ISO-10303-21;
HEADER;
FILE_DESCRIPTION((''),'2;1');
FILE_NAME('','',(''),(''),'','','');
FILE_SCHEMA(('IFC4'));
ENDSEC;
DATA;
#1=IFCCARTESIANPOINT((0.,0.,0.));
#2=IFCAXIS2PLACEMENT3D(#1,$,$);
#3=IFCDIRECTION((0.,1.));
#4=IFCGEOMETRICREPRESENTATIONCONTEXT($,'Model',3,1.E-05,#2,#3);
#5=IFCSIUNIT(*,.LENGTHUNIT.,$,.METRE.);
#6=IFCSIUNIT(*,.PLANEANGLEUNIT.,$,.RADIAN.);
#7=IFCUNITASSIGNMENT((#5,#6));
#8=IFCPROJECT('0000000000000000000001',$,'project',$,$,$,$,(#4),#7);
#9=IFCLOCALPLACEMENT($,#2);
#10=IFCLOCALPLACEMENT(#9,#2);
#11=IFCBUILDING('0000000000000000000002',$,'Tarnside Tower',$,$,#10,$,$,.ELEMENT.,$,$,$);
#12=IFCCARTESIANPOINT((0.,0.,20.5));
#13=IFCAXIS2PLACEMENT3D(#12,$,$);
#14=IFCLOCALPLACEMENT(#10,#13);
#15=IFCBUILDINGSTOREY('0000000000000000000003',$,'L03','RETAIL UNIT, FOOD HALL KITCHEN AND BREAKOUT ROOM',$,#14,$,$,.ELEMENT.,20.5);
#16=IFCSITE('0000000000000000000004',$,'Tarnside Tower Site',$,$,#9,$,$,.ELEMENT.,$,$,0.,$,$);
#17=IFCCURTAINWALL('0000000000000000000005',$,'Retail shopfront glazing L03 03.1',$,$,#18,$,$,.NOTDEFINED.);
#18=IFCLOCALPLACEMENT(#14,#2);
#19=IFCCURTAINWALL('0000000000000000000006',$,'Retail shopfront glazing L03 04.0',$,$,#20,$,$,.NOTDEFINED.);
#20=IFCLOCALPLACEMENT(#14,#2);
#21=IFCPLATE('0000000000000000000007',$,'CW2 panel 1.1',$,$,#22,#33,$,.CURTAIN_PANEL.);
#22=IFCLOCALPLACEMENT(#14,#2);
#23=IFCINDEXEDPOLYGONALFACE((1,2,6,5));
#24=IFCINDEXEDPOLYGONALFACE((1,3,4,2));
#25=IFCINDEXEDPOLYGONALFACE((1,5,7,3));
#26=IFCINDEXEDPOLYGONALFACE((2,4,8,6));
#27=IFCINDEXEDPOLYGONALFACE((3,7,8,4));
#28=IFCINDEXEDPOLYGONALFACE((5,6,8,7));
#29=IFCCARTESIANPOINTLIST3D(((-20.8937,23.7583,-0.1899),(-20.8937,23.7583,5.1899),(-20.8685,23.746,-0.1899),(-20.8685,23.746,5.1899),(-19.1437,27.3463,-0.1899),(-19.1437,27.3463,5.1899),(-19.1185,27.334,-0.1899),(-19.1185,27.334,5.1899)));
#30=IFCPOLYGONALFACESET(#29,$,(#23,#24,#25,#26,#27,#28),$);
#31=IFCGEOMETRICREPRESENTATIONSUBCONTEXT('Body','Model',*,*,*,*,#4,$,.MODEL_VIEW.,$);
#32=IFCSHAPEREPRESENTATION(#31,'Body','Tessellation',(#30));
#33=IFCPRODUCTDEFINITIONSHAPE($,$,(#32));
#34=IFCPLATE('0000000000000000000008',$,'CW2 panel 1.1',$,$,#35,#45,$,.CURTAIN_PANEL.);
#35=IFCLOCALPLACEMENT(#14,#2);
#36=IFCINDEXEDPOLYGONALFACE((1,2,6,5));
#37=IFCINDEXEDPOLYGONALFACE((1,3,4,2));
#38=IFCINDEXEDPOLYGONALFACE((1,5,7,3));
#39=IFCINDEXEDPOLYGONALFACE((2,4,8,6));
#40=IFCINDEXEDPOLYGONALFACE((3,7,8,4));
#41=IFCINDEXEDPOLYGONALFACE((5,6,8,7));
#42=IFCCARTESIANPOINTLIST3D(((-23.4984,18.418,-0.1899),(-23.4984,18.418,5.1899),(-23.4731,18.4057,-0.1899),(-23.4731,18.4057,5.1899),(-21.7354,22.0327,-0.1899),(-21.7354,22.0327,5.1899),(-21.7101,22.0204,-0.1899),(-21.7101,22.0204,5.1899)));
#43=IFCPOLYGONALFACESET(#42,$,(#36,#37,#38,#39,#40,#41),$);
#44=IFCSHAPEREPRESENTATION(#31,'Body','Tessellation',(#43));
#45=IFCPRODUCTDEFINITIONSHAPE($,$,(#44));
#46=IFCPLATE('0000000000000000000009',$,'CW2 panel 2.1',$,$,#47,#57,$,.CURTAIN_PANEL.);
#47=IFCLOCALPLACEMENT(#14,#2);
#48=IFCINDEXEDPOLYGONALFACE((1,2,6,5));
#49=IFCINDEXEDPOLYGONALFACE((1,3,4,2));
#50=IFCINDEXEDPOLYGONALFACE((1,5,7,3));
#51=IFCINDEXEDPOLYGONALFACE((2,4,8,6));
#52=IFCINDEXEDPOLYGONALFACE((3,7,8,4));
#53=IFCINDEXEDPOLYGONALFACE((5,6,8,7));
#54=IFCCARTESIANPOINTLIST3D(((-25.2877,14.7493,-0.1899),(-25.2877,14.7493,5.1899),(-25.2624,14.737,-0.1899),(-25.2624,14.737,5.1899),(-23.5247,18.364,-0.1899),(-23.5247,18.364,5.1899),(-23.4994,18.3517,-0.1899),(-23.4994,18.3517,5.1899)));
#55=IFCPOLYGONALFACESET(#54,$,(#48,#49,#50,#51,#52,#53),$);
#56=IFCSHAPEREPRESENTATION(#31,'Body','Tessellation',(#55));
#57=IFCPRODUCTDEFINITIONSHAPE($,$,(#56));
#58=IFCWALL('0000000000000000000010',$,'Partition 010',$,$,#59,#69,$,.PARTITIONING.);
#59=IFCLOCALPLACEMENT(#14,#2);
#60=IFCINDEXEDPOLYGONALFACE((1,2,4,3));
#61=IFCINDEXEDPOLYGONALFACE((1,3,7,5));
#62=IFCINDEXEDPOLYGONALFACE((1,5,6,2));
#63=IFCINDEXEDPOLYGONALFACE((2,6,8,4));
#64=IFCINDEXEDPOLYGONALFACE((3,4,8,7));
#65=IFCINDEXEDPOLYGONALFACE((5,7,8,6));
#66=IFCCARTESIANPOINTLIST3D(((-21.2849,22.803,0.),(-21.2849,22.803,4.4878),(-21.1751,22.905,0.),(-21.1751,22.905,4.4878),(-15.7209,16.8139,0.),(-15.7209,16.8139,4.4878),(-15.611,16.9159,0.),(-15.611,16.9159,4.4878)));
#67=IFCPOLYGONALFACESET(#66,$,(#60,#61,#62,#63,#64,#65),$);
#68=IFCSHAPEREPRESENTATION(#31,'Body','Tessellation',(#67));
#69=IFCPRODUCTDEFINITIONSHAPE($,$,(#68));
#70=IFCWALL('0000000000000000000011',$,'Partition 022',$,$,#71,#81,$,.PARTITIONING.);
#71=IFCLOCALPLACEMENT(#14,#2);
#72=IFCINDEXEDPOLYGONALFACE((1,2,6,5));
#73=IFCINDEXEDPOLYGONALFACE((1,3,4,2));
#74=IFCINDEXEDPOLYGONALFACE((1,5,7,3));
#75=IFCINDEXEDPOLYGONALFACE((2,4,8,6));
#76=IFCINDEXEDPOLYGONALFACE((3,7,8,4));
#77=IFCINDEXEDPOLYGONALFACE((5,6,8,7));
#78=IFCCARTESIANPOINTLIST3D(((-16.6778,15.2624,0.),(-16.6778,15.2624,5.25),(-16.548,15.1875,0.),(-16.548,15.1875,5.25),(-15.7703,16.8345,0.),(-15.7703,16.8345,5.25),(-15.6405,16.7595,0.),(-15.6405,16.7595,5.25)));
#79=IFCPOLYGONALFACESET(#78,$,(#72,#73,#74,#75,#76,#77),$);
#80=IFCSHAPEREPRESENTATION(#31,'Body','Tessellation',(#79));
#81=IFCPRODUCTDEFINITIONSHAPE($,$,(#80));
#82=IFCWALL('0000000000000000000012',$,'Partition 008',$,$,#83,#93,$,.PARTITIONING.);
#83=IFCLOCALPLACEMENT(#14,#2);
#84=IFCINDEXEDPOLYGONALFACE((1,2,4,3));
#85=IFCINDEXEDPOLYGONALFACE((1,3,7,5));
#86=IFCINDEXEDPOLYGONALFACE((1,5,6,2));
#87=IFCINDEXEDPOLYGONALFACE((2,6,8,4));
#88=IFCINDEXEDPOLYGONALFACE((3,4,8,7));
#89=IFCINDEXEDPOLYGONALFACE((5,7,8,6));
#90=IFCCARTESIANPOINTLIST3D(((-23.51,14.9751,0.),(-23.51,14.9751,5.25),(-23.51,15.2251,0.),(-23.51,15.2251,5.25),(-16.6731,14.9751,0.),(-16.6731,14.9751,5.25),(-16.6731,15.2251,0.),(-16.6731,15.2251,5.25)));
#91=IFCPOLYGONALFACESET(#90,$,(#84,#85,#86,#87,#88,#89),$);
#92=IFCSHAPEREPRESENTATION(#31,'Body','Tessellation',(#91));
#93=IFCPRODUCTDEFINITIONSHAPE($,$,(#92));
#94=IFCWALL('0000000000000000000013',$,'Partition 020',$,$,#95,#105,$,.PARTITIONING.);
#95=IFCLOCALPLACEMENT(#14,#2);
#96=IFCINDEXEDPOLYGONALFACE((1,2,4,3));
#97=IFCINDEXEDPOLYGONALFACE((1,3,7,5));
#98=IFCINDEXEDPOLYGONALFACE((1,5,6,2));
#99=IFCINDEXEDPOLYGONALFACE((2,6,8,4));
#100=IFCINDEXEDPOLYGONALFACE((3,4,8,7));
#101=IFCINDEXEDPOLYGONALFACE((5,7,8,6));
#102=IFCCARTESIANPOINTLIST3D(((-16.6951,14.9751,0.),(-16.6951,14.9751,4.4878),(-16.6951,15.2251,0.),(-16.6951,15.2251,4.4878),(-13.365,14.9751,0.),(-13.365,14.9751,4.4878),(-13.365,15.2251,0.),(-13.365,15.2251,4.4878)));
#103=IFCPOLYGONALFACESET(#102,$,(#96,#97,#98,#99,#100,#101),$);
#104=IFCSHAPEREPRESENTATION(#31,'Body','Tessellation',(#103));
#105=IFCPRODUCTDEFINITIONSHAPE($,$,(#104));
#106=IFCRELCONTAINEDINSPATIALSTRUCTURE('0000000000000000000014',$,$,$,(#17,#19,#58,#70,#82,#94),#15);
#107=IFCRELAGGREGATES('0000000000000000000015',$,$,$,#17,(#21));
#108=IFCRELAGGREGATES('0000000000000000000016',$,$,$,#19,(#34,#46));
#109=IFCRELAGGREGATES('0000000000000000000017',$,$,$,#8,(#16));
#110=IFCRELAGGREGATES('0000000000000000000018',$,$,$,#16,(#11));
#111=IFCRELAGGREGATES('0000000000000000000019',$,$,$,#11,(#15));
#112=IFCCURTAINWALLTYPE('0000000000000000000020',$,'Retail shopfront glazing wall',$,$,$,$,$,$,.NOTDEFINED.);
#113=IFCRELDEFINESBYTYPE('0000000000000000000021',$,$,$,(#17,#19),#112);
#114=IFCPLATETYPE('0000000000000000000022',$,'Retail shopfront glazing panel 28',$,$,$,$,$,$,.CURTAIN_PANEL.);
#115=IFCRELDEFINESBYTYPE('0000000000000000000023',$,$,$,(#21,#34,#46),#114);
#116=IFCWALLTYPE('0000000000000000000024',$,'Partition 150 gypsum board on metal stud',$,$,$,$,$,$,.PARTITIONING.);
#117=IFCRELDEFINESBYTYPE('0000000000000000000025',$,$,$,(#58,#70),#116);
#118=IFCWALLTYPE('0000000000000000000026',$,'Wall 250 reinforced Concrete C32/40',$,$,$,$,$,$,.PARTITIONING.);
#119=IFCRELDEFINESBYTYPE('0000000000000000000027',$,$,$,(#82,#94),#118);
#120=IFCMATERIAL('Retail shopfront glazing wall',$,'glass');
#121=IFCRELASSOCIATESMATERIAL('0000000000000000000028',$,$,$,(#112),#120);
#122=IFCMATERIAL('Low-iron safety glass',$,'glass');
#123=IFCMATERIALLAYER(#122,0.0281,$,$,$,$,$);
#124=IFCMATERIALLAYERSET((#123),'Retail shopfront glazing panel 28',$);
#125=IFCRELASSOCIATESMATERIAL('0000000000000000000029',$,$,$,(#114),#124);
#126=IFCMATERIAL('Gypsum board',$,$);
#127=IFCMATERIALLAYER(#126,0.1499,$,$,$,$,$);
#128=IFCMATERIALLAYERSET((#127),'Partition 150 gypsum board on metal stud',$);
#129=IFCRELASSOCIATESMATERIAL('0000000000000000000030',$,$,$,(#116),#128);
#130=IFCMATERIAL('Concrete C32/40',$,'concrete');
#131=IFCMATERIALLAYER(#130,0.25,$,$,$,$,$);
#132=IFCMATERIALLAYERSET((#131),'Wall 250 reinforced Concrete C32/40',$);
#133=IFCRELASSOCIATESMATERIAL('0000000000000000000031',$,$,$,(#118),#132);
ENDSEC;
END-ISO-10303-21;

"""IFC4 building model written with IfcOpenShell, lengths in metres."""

from ifc_helpers import new_model, si_unit, direction, frame, frame_2d, origin, origin_2d, place, context, subcontext, project, spatial, rectangle, extrude, material, layer, layer_set, type_object, element, aggregate, save


model = new_model("IFC4")

# Units and contexts
model_context = context("Model", 3, precision=1e-05, world=origin(), true_north=direction((0.0, 1.0)))
body_context = subcontext(model_context, "Body", "Model", "MODEL_VIEW")
ifc_project = project(units=[si_unit("LENGTHUNIT", "METRE"), si_unit("PLANEANGLEUNIT", "RADIAN")], contexts=[model_context])

# Site, building, storey
site_placement = place(None, origin())
site = spatial("IfcSite", under=ifc_project, at=site_placement, Name="Tarnside Tower Site", CompositionType="ELEMENT", RefElevation=0.0)
building_placement = place(site_placement, origin())
building = spatial("IfcBuilding", under=site, at=building_placement, Name="Tarnside Tower", CompositionType="ELEMENT")
storey_placement = place(building_placement, frame((0.0, 0.0, 20.5)))
storey = spatial("IfcBuildingStorey", under=building, at=storey_placement, Name="L03", Description="RETAIL UNIT, FOOD HALL KITCHEN AND BREAKOUT ROOM", CompositionType="ELEMENT", Elevation=20.5)

# Shared definitions
ifc_material_1 = material(Name="Retail shopfront glazing wall", Category="glass")
curtain_wall_type = type_object("IfcCurtainWallType", Name="Retail shopfront glazing wall", PredefinedType="NOTDEFINED", material=ifc_material_1)

# Curtain walls
curtain_wall_1_placement = place(storey_placement, origin())
curtain_wall_1 = element("IfcCurtainWall", 1, at=curtain_wall_1_placement, inside=storey, type_object=curtain_wall_type, Name="Retail shopfront glazing L03 03.1", PredefinedType="NOTDEFINED")
curtain_wall_2_placement = place(storey_placement, origin())
curtain_wall_2 = element("IfcCurtainWall", 2, at=curtain_wall_2_placement, inside=storey, type_object=curtain_wall_type, Name="Retail shopfront glazing L03 04.0", PredefinedType="NOTDEFINED")

# Plates
ifc_material_2 = material(Name="Low-iron safety glass", Category="glass")
ifc_layer_1 = layer(ifc_material_2, 0.0281)
ifc_layer_set_1 = layer_set([ifc_layer_1], Name="Retail shopfront glazing panel 28")
plate_type = type_object("IfcPlateType", Name="Retail shopfront glazing panel 28", PredefinedType="CURTAIN_PANEL", material=ifc_layer_set_1)
plate_1_placement = place(storey_placement, frame((-20.0061, 25.5461, -0.1899), z_axis=(0.0, 0.0, 1.0), x_axis=(-0.438371, -0.898794, 0.0)))
plate_1 = element("IfcPlate", 3, at=plate_1_placement, type_object=plate_type, Name="CW2 panel 1.1", PredefinedType="CURTAIN_PANEL", context=body_context, shape_type="SweptSolid", body=[
    extrude(rectangle(XDim=3.9919, YDim=0.0281, at=origin_2d()), origin(), (0.0, 0.0, 1.0), 5.3799),
])
aggregate(curtain_wall_1, [plate_1])
plate_2_placement = place(storey_placement, frame((-22.6042, 20.2192, -0.1899), z_axis=(0.0, 0.0, 1.0), x_axis=(-0.438371, -0.898794, 0.0)))
plate_2 = element("IfcPlate", 4, at=plate_2_placement, type_object=plate_type, Name="CW2 panel 1.1", PredefinedType="CURTAIN_PANEL", context=body_context, shape_type="SweptSolid", body=[
    extrude(rectangle(XDim=4.0217, YDim=0.0281, at=origin_2d()), origin(), (0.0, 0.0, 1.0), 5.3799),
])
plate_3_placement = place(storey_placement, frame((-24.3936, 16.5505, -0.1899), z_axis=(0.0, 0.0, 1.0), x_axis=(-0.438371, -0.898794, 0.0)))
plate_3 = element("IfcPlate", 5, at=plate_3_placement, type_object=plate_type, Name="CW2 panel 2.1", PredefinedType="CURTAIN_PANEL", context=body_context, shape_type="SweptSolid", body=[
    extrude(rectangle(XDim=4.0217, YDim=0.0281, at=origin_2d()), origin(), (0.0, 0.0, 1.0), 5.3799),
])
aggregate(curtain_wall_2, [plate_2, plate_3])

# Walls
ifc_material_3 = material(Name="Gypsum board")
ifc_layer_2 = layer(ifc_material_3, 0.1499)
ifc_layer_set_2 = layer_set([ifc_layer_2], Name="Partition 150 gypsum board on metal stud")
wall_type_1 = type_object("IfcWallType", Name="Partition 150 gypsum board on metal stud", PredefinedType="PARTITIONING", material=ifc_layer_set_2)
wall_1_placement = place(storey_placement, frame((-21.23, 22.854, 0.0), z_axis=(0.0, 0.0, 1.0), x_axis=(0.680631, -0.732626, 0.0)))
element("IfcWall", 6, at=wall_1_placement, inside=storey, type_object=wall_type_1, Name="Partition 010", PredefinedType="PARTITIONING", context=body_context, shape_type="SweptSolid", body=[
    extrude(rectangle(XDim=8.1748, YDim=0.1499, at=frame_2d((4.0874, 0.0))), origin(), (0.0, 0.0, 1.0), 4.4878),
])
wall_2_placement = place(storey_placement, frame((-15.7053, 16.7971, 0.0), z_axis=(0.0, 0.0, 1.0), x_axis=(-0.499944, -0.866058, 0.0)))
element("IfcWall", 7, at=wall_2_placement, inside=storey, type_object=wall_type_1, Name="Partition 022", PredefinedType="PARTITIONING", context=body_context, shape_type="SweptSolid", body=[
    extrude(rectangle(XDim=1.8152, YDim=0.1499, at=frame_2d((0.9077, 0.0))), origin(), (0.0, 0.0, 1.0), 5.25),
])
ifc_material_4 = material(Name="Concrete C32/40", Category="concrete")
ifc_layer_3 = layer(ifc_material_4, 0.25)
ifc_layer_set_3 = layer_set([ifc_layer_3], Name="Wall 250 reinforced Concrete C32/40")
wall_type_2 = type_object("IfcWallType", Name="Wall 250 reinforced Concrete C32/40", PredefinedType="PARTITIONING", material=ifc_layer_set_3)
wall_3_placement = place(storey_placement, frame((-23.51, 15.1001, 0.0), z_axis=(0.0, 0.0, 1.0), x_axis=(1.0, 0.0, 0.0)))
element("IfcWall", 8, at=wall_3_placement, inside=storey, type_object=wall_type_2, Name="Partition 008", PredefinedType="PARTITIONING", context=body_context, shape_type="SweptSolid", body=[
    extrude(rectangle(XDim=6.8369, YDim=0.25, at=frame_2d((3.4185, 0.0))), origin(), (0.0, 0.0, 1.0), 5.25),
])
wall_4_placement = place(storey_placement, frame((-16.6951, 15.1001, 0.0), z_axis=(0.0, 0.0, 1.0), x_axis=(1.0, 0.0, 0.0)))
element("IfcWall", 9, at=wall_4_placement, inside=storey, type_object=wall_type_2, Name="Partition 020", PredefinedType="PARTITIONING", context=body_context, shape_type="SweptSolid", body=[
    extrude(rectangle(XDim=3.3301, YDim=0.25, at=frame_2d((1.665, 0.0))), origin(), (0.0, 0.0, 1.0), 4.4878),
])

save(model, "model.ifc")
